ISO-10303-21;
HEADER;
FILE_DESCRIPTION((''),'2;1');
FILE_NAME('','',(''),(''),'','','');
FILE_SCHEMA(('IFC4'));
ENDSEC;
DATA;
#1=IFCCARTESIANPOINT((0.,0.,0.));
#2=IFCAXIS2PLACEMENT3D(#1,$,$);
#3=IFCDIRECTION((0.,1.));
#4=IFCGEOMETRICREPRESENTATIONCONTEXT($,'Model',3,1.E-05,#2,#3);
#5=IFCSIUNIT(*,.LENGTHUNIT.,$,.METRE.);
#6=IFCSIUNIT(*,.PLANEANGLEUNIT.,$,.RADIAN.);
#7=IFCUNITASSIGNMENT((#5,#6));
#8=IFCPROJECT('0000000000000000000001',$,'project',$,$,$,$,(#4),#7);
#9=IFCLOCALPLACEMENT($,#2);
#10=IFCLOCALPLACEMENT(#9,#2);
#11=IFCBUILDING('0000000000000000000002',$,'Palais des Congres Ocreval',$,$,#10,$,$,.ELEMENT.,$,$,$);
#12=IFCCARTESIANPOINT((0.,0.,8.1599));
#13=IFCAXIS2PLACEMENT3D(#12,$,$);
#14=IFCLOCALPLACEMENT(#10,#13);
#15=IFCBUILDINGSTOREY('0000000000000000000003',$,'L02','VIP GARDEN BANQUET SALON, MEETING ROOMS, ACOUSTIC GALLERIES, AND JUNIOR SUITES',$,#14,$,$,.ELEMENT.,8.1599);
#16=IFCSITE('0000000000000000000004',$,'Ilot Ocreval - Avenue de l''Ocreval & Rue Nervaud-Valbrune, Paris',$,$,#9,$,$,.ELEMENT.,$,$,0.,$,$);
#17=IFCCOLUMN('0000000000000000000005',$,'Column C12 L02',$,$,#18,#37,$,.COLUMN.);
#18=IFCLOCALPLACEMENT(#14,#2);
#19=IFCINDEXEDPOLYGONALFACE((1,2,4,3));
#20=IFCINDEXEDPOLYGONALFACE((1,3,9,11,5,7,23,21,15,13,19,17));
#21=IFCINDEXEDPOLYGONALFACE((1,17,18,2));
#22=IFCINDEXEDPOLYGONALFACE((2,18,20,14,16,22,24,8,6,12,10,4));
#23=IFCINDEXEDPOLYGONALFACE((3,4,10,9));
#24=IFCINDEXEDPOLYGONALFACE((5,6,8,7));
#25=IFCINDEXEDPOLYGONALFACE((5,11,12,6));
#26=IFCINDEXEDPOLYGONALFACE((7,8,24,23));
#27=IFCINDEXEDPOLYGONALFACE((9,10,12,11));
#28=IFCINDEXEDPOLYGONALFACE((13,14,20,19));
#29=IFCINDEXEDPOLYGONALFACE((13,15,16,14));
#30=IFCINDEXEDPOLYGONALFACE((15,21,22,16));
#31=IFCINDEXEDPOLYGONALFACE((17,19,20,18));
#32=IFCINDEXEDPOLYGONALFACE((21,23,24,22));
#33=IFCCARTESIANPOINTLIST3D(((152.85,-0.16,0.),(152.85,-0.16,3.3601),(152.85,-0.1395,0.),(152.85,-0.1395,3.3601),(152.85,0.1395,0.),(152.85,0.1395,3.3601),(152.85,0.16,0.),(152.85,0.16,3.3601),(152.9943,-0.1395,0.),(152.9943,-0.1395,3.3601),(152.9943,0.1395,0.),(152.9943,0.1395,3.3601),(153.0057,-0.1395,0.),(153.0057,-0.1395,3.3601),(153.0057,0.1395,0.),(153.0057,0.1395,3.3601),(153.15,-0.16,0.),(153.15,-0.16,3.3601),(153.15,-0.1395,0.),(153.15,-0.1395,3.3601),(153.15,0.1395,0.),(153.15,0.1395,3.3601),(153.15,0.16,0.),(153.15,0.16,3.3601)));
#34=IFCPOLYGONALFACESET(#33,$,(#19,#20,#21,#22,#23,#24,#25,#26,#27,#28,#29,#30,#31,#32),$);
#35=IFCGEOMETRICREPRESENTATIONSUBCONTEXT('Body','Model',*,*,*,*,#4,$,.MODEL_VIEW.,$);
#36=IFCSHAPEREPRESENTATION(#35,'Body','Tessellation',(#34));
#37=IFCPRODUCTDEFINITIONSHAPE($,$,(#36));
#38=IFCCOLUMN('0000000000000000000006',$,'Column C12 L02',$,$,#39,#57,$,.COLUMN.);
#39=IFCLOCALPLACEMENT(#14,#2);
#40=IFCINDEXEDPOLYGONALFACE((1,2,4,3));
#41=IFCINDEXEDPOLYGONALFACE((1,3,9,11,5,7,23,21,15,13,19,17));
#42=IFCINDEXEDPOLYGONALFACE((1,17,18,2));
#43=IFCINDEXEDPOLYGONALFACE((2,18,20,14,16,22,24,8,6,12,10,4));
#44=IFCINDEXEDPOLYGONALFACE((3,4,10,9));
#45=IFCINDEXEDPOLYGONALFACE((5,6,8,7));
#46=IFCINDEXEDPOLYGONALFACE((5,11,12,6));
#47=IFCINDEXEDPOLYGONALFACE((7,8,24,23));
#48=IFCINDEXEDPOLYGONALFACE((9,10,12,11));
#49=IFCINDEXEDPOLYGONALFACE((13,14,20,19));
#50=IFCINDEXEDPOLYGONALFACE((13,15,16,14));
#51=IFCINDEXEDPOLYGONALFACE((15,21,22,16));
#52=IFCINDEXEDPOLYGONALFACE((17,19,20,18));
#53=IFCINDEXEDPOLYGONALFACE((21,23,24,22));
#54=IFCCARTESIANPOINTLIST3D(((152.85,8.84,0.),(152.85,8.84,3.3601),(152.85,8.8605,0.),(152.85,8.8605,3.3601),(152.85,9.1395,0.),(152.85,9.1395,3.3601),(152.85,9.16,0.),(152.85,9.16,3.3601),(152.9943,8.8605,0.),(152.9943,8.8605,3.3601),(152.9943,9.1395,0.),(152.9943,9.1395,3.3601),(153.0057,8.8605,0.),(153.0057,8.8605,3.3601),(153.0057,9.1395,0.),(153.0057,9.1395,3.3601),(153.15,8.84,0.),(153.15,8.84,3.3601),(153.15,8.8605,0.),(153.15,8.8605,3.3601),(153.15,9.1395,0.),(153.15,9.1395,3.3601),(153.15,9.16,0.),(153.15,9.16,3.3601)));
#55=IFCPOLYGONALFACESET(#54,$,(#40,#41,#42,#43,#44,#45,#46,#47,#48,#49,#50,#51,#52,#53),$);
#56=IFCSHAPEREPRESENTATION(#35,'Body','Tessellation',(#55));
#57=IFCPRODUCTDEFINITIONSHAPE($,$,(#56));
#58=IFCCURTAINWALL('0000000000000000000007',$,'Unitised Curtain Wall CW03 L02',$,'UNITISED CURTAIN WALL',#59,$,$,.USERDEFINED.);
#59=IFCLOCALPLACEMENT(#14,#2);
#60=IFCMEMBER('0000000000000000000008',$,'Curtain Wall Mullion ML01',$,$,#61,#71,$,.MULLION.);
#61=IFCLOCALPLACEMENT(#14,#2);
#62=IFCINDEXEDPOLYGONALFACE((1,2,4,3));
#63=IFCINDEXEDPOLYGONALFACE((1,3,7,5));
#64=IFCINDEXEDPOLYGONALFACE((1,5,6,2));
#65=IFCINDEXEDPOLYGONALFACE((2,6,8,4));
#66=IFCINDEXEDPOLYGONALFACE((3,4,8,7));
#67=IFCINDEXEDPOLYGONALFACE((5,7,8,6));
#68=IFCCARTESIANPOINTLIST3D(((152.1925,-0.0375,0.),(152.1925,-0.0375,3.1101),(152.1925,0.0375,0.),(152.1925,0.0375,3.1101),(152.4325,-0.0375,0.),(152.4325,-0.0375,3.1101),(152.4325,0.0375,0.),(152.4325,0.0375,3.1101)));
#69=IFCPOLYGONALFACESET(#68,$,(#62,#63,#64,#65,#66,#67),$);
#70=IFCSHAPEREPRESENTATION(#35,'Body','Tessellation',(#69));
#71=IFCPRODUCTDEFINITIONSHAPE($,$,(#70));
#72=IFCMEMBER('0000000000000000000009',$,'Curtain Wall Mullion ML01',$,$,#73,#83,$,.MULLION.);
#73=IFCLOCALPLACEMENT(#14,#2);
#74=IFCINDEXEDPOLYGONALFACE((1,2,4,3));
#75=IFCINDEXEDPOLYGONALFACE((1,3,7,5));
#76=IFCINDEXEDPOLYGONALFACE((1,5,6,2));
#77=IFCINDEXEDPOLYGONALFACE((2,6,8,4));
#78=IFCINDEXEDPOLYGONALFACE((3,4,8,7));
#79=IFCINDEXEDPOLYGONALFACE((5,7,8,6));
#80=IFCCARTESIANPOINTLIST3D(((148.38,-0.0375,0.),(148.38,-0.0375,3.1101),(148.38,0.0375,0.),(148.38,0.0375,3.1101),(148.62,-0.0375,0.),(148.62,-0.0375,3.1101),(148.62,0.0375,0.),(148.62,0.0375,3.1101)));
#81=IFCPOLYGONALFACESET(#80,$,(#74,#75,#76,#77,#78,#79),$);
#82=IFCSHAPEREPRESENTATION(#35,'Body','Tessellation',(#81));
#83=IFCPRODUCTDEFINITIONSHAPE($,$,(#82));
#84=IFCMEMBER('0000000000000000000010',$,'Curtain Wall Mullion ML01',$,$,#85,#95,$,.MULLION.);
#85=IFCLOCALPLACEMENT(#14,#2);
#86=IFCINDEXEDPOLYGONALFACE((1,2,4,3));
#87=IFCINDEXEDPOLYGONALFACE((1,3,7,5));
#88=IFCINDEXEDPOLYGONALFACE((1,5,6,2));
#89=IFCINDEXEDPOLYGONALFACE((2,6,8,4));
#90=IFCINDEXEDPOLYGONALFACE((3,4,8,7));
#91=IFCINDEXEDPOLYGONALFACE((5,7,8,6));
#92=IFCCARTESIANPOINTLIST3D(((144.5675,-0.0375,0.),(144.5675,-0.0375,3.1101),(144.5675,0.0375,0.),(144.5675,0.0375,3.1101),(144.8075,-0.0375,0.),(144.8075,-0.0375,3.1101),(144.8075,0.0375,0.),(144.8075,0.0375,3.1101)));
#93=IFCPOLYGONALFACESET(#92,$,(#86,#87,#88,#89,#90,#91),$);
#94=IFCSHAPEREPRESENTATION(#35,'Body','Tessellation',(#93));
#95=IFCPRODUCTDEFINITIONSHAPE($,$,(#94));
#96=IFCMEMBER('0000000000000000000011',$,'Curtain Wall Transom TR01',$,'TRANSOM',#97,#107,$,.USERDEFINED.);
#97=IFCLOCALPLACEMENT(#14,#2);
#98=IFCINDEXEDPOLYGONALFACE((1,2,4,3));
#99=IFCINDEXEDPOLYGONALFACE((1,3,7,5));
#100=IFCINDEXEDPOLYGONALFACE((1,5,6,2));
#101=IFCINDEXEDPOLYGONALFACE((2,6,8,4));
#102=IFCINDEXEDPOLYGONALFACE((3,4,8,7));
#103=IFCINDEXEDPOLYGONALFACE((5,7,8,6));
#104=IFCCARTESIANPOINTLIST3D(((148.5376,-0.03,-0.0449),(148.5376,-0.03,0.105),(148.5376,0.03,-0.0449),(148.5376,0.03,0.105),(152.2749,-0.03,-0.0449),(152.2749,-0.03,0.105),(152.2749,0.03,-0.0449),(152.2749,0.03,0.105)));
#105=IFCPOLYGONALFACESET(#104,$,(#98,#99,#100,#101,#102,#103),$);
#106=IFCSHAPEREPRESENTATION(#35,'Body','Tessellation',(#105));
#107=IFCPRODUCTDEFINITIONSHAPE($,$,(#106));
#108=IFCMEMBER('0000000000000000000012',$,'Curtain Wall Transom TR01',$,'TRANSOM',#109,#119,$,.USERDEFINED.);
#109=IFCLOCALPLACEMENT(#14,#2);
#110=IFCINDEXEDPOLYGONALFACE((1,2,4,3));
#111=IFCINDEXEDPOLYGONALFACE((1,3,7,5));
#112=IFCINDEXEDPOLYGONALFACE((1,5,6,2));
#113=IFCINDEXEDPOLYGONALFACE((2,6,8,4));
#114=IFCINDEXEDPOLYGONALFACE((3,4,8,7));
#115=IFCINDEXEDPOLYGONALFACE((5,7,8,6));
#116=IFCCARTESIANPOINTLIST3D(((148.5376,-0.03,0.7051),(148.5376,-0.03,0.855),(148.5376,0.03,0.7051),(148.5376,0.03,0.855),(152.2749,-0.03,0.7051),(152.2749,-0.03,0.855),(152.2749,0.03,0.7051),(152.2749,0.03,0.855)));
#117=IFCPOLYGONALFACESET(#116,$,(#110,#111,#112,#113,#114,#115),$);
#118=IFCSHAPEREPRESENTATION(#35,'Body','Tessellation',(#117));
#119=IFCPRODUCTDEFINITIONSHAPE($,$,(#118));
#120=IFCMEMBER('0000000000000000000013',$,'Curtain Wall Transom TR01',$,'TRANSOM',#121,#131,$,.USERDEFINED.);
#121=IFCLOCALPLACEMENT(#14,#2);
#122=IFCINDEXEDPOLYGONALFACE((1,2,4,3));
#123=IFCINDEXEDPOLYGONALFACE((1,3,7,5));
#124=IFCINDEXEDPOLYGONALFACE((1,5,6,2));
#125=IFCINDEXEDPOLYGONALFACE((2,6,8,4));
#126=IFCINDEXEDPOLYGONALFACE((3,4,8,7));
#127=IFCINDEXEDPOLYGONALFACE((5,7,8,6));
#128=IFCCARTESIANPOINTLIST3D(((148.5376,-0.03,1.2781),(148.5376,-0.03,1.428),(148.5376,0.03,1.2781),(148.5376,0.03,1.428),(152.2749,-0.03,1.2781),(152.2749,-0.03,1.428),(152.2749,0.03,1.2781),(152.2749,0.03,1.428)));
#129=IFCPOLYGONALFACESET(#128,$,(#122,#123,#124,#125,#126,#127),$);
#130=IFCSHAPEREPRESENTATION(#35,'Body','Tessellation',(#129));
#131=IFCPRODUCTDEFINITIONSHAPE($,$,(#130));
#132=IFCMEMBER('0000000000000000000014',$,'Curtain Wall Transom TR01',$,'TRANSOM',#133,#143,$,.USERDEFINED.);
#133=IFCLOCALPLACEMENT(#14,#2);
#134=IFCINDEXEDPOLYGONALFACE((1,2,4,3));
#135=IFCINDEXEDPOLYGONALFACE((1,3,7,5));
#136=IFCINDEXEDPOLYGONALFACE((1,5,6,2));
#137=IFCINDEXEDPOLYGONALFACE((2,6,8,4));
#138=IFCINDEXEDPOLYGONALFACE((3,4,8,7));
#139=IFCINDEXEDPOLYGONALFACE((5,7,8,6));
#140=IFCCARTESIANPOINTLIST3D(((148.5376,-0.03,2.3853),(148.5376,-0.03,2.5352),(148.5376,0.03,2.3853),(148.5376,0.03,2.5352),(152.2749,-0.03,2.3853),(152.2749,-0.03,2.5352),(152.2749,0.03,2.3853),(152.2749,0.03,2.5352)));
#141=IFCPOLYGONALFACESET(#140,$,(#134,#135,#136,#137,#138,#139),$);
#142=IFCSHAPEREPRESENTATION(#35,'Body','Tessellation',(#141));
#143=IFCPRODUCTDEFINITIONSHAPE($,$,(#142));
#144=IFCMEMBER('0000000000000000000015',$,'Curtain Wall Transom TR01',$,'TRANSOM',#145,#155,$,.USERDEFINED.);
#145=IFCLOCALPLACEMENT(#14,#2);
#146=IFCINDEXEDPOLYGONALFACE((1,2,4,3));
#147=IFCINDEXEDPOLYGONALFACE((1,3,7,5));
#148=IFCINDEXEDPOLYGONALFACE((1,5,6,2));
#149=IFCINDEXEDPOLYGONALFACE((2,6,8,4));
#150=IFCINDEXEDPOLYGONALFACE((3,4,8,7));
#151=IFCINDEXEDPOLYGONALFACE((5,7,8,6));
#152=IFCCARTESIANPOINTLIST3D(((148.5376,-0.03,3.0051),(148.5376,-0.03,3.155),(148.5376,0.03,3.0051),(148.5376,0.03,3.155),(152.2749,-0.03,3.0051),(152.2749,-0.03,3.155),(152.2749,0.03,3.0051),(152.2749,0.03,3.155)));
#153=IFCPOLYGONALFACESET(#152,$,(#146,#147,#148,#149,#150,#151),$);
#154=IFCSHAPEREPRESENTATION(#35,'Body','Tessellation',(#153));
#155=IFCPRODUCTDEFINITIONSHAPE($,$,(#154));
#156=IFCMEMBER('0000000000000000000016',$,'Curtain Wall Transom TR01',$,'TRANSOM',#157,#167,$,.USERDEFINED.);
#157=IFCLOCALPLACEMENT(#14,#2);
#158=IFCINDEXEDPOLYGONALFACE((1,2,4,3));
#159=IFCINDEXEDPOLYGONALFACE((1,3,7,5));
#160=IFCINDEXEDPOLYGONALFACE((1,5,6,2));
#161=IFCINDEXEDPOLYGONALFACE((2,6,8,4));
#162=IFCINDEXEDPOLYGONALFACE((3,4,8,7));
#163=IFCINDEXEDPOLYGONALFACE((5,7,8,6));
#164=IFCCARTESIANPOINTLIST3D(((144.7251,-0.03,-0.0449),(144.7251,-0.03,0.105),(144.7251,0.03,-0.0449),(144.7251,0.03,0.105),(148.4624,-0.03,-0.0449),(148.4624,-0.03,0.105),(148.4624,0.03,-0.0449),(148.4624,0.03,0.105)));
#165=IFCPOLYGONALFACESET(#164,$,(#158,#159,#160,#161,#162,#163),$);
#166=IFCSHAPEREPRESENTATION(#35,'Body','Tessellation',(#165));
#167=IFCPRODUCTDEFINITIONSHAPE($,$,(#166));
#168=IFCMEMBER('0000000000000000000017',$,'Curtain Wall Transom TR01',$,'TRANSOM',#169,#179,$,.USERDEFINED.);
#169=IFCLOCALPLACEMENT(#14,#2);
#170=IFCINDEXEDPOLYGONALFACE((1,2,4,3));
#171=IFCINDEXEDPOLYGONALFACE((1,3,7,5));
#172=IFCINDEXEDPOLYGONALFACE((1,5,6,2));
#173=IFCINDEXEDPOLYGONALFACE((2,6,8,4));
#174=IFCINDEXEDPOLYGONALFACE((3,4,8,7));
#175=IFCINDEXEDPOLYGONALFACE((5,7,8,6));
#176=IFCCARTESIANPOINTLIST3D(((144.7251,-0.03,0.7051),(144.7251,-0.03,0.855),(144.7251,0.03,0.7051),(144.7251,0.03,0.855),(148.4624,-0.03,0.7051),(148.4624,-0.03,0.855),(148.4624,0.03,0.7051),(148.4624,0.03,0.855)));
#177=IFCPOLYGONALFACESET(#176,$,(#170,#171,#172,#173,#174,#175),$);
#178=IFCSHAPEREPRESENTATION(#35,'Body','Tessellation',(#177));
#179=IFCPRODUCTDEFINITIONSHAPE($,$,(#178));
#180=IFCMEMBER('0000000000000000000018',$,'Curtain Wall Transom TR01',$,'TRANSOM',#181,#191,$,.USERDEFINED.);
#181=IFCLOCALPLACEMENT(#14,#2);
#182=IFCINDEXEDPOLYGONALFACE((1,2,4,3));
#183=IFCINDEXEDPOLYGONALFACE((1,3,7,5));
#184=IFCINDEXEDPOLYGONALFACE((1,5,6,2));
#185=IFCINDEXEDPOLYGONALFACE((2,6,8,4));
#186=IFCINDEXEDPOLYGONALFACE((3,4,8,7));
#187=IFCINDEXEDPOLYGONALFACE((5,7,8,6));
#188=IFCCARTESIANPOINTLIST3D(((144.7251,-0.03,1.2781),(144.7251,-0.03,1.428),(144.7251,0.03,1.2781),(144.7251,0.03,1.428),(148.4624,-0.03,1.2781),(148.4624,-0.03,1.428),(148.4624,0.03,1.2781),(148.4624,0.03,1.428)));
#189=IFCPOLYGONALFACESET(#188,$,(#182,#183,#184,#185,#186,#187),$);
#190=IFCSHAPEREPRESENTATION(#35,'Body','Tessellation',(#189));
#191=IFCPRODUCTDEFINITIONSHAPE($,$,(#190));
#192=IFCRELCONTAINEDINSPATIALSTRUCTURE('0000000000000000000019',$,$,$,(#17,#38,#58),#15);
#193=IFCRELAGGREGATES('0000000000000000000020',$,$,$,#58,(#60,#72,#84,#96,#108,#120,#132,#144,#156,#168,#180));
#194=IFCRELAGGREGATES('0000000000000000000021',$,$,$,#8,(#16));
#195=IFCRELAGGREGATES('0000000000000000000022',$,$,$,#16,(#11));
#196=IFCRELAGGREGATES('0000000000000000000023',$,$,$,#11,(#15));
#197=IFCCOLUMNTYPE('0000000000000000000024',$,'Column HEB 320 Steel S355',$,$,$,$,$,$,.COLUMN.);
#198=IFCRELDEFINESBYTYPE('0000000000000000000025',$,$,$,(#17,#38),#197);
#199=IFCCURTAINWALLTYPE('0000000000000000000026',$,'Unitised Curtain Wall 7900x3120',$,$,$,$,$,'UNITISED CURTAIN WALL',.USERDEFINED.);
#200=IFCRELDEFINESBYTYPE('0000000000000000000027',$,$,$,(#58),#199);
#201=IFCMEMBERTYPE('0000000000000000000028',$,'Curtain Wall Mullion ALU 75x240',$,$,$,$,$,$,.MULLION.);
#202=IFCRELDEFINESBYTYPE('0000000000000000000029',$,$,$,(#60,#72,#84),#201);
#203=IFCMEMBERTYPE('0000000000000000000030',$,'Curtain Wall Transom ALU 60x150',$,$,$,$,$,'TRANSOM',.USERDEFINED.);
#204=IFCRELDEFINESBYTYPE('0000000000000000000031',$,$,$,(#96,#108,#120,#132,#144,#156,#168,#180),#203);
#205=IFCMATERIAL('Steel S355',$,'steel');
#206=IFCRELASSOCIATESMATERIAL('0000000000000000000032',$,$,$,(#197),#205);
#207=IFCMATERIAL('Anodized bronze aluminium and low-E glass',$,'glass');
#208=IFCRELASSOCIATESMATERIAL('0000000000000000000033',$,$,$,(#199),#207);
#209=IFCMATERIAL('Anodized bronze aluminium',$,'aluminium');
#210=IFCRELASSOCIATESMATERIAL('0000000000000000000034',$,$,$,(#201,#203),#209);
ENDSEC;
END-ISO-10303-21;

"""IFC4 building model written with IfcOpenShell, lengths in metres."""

from ifc_helpers import new_model, si_unit, direction, frame, origin, origin_2d, place, context, subcontext, project, spatial, rectangle, i_section, extrude, material, material_profile, profile_set, type_object, element, aggregate, save


model = new_model("IFC4")

# Units and contexts
model_context = context("Model", 3, precision=1e-05, world=origin(), true_north=direction((0.0, 1.0)))
body_context = subcontext(model_context, "Body", "Model", "MODEL_VIEW")
ifc_project = project(units=[si_unit("LENGTHUNIT", "METRE"), si_unit("PLANEANGLEUNIT", "RADIAN")], contexts=[model_context])

# Site, building, storey
site_placement = place(None, origin())
site = spatial("IfcSite", under=ifc_project, at=site_placement, Name="Ilot Ocreval - Avenue de l'Ocreval & Rue Nervaud-Valbrune, Paris", CompositionType="ELEMENT", RefElevation=0.0)
building_placement = place(site_placement, origin())
building = spatial("IfcBuilding", under=site, at=building_placement, Name="Palais des Congres Ocreval", CompositionType="ELEMENT")
storey_placement = place(building_placement, frame((0.0, 0.0, 8.1599)))
storey = spatial("IfcBuildingStorey", under=building, at=storey_placement, Name="L02", Description="VIP GARDEN BANQUET SALON, MEETING ROOMS, ACOUSTIC GALLERIES, AND JUNIOR SUITES", CompositionType="ELEMENT", Elevation=8.1599)

# Columns
ifc_material_1 = material(Name="Steel S355", Category="steel")
ifc_material_profile_1 = material_profile(ifc_material_1, i_section(OverallWidth=0.3, OverallDepth=0.3201, WebThickness=0.0115, FlangeThickness=0.0205, at=origin_2d()), Name="HEB 320")
ifc_profile_set_1 = profile_set([ifc_material_profile_1], Name="Steel S355")
column_type = type_object("IfcColumnType", Name="Column HEB 320 Steel S355", PredefinedType="COLUMN", material=ifc_profile_set_1)
for number, where, z_axis, x_axis, name in (
    (1, (153.0, 0.0, 0.0), (0.0, 0.0, 1.0), (1.0, 0.0, 0.0), "Column C12 L02"),
    (2, (153.0, 9.0, 0.0), (0.0, 0.0, 1.0), (1.0, 0.0, 0.0), "Column C12 L02"),
):
    element("IfcColumn", number, at=place(storey_placement, frame(where, z_axis=z_axis, x_axis=x_axis)), inside=storey, type_object=column_type, Name=name, PredefinedType="COLUMN", context=body_context, shape_type="SweptSolid", body=[
        extrude(i_section(OverallWidth=0.3, OverallDepth=0.3201, WebThickness=0.0115, FlangeThickness=0.0205, at=origin_2d()), origin(), (0.0, 0.0, 1.0), 3.3601),
    ])

# Curtain wall, members
ifc_material_2 = material(Name="Anodized bronze aluminium and low-E glass", Category="glass")
curtain_wall_type = type_object("IfcCurtainWallType", Name="Unitised Curtain Wall 7900x3120", ElementType="UNITISED CURTAIN WALL", PredefinedType="USERDEFINED", material=ifc_material_2)
curtain_wall_placement = place(storey_placement, origin())
curtain_wall = element("IfcCurtainWall", 3, at=curtain_wall_placement, inside=storey, type_object=curtain_wall_type, Name="Unitised Curtain Wall CW03 L02", ObjectType="UNITISED CURTAIN WALL", PredefinedType="USERDEFINED")
ifc_material_3 = material(Name="Anodized bronze aluminium", Category="aluminium")
ifc_material_profile_2 = material_profile(ifc_material_3, rectangle(XDim=0.075, YDim=0.24, at=origin_2d()), Name="ALU 75x240")
ifc_profile_set_2 = profile_set([ifc_material_profile_2], Name="Anodized bronze aluminium")
member_type_1 = type_object("IfcMemberType", Name="Curtain Wall Mullion ALU 75x240", PredefinedType="MULLION", material=ifc_profile_set_2)
member_1_placement = place(storey_placement, frame((152.3125, 0.0, 0.0), z_axis=(0.0, 0.0, 1.0), x_axis=(0.0, -1.0, 0.0)))
member_1 = element("IfcMember", 4, at=member_1_placement, type_object=member_type_1, Name="Curtain Wall Mullion ML01", PredefinedType="MULLION", context=body_context, shape_type="SweptSolid", body=[
    extrude(rectangle(XDim=0.075, YDim=0.24, at=origin_2d()), origin(), (0.0, 0.0, 1.0), 3.1101),
])
member_2_placement = place(storey_placement, frame((148.5, 0.0, 0.0), z_axis=(0.0, 0.0, 1.0), x_axis=(0.0, -1.0, 0.0)))
member_2 = element("IfcMember", 5, at=member_2_placement, type_object=member_type_1, Name="Curtain Wall Mullion ML01", PredefinedType="MULLION", context=body_context, shape_type="SweptSolid", body=[
    extrude(rectangle(XDim=0.075, YDim=0.24, at=origin_2d()), origin(), (0.0, 0.0, 1.0), 3.1101),
])
member_3_placement = place(storey_placement, frame((144.6875, 0.0, 0.0), z_axis=(0.0, 0.0, 1.0), x_axis=(0.0, -1.0, 0.0)))
member_3 = element("IfcMember", 6, at=member_3_placement, type_object=member_type_1, Name="Curtain Wall Mullion ML01", PredefinedType="MULLION", context=body_context, shape_type="SweptSolid", body=[
    extrude(rectangle(XDim=0.075, YDim=0.24, at=origin_2d()), origin(), (0.0, 0.0, 1.0), 3.1101),
])
ifc_material_profile_3 = material_profile(ifc_material_3, rectangle(XDim=0.0601, YDim=0.1499, at=origin_2d()), Name="ALU 60x150")
ifc_profile_set_3 = profile_set([ifc_material_profile_3], Name="Anodized bronze aluminium")
member_type_2 = type_object("IfcMemberType", Name="Curtain Wall Transom ALU 60x150", ElementType="TRANSOM", PredefinedType="USERDEFINED", material=ifc_profile_set_3)
member_4_placement = place(storey_placement, frame((152.2749, 0.0, 0.03), z_axis=(-1.0, 0.0, 0.0), x_axis=(0.0, -1.0, 0.0)))
member_4 = element("IfcMember", 7, at=member_4_placement, type_object=member_type_2, Name="Curtain Wall Transom TR01", ObjectType="TRANSOM", PredefinedType="USERDEFINED", context=body_context, shape_type="SweptSolid", body=[
    extrude(rectangle(XDim=0.0601, YDim=0.1499, at=origin_2d()), origin(), (0.0, 0.0, 1.0), 3.7373),
])
member_5_placement = place(storey_placement, frame((152.2749, 0.0, 0.78), z_axis=(-1.0, 0.0, 0.0), x_axis=(0.0, -1.0, 0.0)))
member_5 = element("IfcMember", 8, at=member_5_placement, type_object=member_type_2, Name="Curtain Wall Transom TR01", ObjectType="TRANSOM", PredefinedType="USERDEFINED", context=body_context, shape_type="SweptSolid", body=[
    extrude(rectangle(XDim=0.0601, YDim=0.1499, at=origin_2d()), origin(), (0.0, 0.0, 1.0), 3.7373),
])
member_6_placement = place(storey_placement, frame((152.2749, 0.0, 1.353), z_axis=(-1.0, 0.0, 0.0), x_axis=(0.0, -1.0, 0.0)))
member_6 = element("IfcMember", 9, at=member_6_placement, type_object=member_type_2, Name="Curtain Wall Transom TR01", ObjectType="TRANSOM", PredefinedType="USERDEFINED", context=body_context, shape_type="SweptSolid", body=[
    extrude(rectangle(XDim=0.0601, YDim=0.1499, at=origin_2d()), origin(), (0.0, 0.0, 1.0), 3.7373),
])
member_7_placement = place(storey_placement, frame((152.2749, 0.0, 2.4602), z_axis=(-1.0, 0.0, 0.0), x_axis=(0.0, -1.0, 0.0)))
member_7 = element("IfcMember", 10, at=member_7_placement, type_object=member_type_2, Name="Curtain Wall Transom TR01", ObjectType="TRANSOM", PredefinedType="USERDEFINED", context=body_context, shape_type="SweptSolid", body=[
    extrude(rectangle(XDim=0.0601, YDim=0.1499, at=origin_2d()), origin(), (0.0, 0.0, 1.0), 3.7373),
])
member_8_placement = place(storey_placement, frame((152.2749, 0.0, 3.0801), z_axis=(-1.0, 0.0, 0.0), x_axis=(0.0, -1.0, 0.0)))
member_8 = element("IfcMember", 11, at=member_8_placement, type_object=member_type_2, Name="Curtain Wall Transom TR01", ObjectType="TRANSOM", PredefinedType="USERDEFINED", context=body_context, shape_type="SweptSolid", body=[
    extrude(rectangle(XDim=0.0601, YDim=0.1499, at=origin_2d()), origin(), (0.0, 0.0, 1.0), 3.7373),
])
member_9_placement = place(storey_placement, frame((148.4624, 0.0, 0.03), z_axis=(-1.0, 0.0, 0.0), x_axis=(0.0, -1.0, 0.0)))
member_9 = element("IfcMember", 12, at=member_9_placement, type_object=member_type_2, Name="Curtain Wall Transom TR01", ObjectType="TRANSOM", PredefinedType="USERDEFINED", context=body_context, shape_type="SweptSolid", body=[
    extrude(rectangle(XDim=0.0601, YDim=0.1499, at=origin_2d()), origin(), (0.0, 0.0, 1.0), 3.7373),
])
member_10_placement = place(storey_placement, frame((148.4624, 0.0, 0.78), z_axis=(-1.0, 0.0, 0.0), x_axis=(0.0, -1.0, 0.0)))
member_10 = element("IfcMember", 13, at=member_10_placement, type_object=member_type_2, Name="Curtain Wall Transom TR01", ObjectType="TRANSOM", PredefinedType="USERDEFINED", context=body_context, shape_type="SweptSolid", body=[
    extrude(rectangle(XDim=0.0601, YDim=0.1499, at=origin_2d()), origin(), (0.0, 0.0, 1.0), 3.7373),
])
member_11_placement = place(storey_placement, frame((148.4624, 0.0, 1.353), z_axis=(-1.0, 0.0, 0.0), x_axis=(0.0, -1.0, 0.0)))
member_11 = element("IfcMember", 14, at=member_11_placement, type_object=member_type_2, Name="Curtain Wall Transom TR01", ObjectType="TRANSOM", PredefinedType="USERDEFINED", context=body_context, shape_type="SweptSolid", body=[
    extrude(rectangle(XDim=0.0601, YDim=0.1499, at=origin_2d()), origin(), (0.0, 0.0, 1.0), 3.7373),
])

aggregate(curtain_wall, [member_1, member_2, member_3, member_4, member_5, member_6, member_7, member_8, member_9, member_10, member_11])

save(model, "model.ifc")
